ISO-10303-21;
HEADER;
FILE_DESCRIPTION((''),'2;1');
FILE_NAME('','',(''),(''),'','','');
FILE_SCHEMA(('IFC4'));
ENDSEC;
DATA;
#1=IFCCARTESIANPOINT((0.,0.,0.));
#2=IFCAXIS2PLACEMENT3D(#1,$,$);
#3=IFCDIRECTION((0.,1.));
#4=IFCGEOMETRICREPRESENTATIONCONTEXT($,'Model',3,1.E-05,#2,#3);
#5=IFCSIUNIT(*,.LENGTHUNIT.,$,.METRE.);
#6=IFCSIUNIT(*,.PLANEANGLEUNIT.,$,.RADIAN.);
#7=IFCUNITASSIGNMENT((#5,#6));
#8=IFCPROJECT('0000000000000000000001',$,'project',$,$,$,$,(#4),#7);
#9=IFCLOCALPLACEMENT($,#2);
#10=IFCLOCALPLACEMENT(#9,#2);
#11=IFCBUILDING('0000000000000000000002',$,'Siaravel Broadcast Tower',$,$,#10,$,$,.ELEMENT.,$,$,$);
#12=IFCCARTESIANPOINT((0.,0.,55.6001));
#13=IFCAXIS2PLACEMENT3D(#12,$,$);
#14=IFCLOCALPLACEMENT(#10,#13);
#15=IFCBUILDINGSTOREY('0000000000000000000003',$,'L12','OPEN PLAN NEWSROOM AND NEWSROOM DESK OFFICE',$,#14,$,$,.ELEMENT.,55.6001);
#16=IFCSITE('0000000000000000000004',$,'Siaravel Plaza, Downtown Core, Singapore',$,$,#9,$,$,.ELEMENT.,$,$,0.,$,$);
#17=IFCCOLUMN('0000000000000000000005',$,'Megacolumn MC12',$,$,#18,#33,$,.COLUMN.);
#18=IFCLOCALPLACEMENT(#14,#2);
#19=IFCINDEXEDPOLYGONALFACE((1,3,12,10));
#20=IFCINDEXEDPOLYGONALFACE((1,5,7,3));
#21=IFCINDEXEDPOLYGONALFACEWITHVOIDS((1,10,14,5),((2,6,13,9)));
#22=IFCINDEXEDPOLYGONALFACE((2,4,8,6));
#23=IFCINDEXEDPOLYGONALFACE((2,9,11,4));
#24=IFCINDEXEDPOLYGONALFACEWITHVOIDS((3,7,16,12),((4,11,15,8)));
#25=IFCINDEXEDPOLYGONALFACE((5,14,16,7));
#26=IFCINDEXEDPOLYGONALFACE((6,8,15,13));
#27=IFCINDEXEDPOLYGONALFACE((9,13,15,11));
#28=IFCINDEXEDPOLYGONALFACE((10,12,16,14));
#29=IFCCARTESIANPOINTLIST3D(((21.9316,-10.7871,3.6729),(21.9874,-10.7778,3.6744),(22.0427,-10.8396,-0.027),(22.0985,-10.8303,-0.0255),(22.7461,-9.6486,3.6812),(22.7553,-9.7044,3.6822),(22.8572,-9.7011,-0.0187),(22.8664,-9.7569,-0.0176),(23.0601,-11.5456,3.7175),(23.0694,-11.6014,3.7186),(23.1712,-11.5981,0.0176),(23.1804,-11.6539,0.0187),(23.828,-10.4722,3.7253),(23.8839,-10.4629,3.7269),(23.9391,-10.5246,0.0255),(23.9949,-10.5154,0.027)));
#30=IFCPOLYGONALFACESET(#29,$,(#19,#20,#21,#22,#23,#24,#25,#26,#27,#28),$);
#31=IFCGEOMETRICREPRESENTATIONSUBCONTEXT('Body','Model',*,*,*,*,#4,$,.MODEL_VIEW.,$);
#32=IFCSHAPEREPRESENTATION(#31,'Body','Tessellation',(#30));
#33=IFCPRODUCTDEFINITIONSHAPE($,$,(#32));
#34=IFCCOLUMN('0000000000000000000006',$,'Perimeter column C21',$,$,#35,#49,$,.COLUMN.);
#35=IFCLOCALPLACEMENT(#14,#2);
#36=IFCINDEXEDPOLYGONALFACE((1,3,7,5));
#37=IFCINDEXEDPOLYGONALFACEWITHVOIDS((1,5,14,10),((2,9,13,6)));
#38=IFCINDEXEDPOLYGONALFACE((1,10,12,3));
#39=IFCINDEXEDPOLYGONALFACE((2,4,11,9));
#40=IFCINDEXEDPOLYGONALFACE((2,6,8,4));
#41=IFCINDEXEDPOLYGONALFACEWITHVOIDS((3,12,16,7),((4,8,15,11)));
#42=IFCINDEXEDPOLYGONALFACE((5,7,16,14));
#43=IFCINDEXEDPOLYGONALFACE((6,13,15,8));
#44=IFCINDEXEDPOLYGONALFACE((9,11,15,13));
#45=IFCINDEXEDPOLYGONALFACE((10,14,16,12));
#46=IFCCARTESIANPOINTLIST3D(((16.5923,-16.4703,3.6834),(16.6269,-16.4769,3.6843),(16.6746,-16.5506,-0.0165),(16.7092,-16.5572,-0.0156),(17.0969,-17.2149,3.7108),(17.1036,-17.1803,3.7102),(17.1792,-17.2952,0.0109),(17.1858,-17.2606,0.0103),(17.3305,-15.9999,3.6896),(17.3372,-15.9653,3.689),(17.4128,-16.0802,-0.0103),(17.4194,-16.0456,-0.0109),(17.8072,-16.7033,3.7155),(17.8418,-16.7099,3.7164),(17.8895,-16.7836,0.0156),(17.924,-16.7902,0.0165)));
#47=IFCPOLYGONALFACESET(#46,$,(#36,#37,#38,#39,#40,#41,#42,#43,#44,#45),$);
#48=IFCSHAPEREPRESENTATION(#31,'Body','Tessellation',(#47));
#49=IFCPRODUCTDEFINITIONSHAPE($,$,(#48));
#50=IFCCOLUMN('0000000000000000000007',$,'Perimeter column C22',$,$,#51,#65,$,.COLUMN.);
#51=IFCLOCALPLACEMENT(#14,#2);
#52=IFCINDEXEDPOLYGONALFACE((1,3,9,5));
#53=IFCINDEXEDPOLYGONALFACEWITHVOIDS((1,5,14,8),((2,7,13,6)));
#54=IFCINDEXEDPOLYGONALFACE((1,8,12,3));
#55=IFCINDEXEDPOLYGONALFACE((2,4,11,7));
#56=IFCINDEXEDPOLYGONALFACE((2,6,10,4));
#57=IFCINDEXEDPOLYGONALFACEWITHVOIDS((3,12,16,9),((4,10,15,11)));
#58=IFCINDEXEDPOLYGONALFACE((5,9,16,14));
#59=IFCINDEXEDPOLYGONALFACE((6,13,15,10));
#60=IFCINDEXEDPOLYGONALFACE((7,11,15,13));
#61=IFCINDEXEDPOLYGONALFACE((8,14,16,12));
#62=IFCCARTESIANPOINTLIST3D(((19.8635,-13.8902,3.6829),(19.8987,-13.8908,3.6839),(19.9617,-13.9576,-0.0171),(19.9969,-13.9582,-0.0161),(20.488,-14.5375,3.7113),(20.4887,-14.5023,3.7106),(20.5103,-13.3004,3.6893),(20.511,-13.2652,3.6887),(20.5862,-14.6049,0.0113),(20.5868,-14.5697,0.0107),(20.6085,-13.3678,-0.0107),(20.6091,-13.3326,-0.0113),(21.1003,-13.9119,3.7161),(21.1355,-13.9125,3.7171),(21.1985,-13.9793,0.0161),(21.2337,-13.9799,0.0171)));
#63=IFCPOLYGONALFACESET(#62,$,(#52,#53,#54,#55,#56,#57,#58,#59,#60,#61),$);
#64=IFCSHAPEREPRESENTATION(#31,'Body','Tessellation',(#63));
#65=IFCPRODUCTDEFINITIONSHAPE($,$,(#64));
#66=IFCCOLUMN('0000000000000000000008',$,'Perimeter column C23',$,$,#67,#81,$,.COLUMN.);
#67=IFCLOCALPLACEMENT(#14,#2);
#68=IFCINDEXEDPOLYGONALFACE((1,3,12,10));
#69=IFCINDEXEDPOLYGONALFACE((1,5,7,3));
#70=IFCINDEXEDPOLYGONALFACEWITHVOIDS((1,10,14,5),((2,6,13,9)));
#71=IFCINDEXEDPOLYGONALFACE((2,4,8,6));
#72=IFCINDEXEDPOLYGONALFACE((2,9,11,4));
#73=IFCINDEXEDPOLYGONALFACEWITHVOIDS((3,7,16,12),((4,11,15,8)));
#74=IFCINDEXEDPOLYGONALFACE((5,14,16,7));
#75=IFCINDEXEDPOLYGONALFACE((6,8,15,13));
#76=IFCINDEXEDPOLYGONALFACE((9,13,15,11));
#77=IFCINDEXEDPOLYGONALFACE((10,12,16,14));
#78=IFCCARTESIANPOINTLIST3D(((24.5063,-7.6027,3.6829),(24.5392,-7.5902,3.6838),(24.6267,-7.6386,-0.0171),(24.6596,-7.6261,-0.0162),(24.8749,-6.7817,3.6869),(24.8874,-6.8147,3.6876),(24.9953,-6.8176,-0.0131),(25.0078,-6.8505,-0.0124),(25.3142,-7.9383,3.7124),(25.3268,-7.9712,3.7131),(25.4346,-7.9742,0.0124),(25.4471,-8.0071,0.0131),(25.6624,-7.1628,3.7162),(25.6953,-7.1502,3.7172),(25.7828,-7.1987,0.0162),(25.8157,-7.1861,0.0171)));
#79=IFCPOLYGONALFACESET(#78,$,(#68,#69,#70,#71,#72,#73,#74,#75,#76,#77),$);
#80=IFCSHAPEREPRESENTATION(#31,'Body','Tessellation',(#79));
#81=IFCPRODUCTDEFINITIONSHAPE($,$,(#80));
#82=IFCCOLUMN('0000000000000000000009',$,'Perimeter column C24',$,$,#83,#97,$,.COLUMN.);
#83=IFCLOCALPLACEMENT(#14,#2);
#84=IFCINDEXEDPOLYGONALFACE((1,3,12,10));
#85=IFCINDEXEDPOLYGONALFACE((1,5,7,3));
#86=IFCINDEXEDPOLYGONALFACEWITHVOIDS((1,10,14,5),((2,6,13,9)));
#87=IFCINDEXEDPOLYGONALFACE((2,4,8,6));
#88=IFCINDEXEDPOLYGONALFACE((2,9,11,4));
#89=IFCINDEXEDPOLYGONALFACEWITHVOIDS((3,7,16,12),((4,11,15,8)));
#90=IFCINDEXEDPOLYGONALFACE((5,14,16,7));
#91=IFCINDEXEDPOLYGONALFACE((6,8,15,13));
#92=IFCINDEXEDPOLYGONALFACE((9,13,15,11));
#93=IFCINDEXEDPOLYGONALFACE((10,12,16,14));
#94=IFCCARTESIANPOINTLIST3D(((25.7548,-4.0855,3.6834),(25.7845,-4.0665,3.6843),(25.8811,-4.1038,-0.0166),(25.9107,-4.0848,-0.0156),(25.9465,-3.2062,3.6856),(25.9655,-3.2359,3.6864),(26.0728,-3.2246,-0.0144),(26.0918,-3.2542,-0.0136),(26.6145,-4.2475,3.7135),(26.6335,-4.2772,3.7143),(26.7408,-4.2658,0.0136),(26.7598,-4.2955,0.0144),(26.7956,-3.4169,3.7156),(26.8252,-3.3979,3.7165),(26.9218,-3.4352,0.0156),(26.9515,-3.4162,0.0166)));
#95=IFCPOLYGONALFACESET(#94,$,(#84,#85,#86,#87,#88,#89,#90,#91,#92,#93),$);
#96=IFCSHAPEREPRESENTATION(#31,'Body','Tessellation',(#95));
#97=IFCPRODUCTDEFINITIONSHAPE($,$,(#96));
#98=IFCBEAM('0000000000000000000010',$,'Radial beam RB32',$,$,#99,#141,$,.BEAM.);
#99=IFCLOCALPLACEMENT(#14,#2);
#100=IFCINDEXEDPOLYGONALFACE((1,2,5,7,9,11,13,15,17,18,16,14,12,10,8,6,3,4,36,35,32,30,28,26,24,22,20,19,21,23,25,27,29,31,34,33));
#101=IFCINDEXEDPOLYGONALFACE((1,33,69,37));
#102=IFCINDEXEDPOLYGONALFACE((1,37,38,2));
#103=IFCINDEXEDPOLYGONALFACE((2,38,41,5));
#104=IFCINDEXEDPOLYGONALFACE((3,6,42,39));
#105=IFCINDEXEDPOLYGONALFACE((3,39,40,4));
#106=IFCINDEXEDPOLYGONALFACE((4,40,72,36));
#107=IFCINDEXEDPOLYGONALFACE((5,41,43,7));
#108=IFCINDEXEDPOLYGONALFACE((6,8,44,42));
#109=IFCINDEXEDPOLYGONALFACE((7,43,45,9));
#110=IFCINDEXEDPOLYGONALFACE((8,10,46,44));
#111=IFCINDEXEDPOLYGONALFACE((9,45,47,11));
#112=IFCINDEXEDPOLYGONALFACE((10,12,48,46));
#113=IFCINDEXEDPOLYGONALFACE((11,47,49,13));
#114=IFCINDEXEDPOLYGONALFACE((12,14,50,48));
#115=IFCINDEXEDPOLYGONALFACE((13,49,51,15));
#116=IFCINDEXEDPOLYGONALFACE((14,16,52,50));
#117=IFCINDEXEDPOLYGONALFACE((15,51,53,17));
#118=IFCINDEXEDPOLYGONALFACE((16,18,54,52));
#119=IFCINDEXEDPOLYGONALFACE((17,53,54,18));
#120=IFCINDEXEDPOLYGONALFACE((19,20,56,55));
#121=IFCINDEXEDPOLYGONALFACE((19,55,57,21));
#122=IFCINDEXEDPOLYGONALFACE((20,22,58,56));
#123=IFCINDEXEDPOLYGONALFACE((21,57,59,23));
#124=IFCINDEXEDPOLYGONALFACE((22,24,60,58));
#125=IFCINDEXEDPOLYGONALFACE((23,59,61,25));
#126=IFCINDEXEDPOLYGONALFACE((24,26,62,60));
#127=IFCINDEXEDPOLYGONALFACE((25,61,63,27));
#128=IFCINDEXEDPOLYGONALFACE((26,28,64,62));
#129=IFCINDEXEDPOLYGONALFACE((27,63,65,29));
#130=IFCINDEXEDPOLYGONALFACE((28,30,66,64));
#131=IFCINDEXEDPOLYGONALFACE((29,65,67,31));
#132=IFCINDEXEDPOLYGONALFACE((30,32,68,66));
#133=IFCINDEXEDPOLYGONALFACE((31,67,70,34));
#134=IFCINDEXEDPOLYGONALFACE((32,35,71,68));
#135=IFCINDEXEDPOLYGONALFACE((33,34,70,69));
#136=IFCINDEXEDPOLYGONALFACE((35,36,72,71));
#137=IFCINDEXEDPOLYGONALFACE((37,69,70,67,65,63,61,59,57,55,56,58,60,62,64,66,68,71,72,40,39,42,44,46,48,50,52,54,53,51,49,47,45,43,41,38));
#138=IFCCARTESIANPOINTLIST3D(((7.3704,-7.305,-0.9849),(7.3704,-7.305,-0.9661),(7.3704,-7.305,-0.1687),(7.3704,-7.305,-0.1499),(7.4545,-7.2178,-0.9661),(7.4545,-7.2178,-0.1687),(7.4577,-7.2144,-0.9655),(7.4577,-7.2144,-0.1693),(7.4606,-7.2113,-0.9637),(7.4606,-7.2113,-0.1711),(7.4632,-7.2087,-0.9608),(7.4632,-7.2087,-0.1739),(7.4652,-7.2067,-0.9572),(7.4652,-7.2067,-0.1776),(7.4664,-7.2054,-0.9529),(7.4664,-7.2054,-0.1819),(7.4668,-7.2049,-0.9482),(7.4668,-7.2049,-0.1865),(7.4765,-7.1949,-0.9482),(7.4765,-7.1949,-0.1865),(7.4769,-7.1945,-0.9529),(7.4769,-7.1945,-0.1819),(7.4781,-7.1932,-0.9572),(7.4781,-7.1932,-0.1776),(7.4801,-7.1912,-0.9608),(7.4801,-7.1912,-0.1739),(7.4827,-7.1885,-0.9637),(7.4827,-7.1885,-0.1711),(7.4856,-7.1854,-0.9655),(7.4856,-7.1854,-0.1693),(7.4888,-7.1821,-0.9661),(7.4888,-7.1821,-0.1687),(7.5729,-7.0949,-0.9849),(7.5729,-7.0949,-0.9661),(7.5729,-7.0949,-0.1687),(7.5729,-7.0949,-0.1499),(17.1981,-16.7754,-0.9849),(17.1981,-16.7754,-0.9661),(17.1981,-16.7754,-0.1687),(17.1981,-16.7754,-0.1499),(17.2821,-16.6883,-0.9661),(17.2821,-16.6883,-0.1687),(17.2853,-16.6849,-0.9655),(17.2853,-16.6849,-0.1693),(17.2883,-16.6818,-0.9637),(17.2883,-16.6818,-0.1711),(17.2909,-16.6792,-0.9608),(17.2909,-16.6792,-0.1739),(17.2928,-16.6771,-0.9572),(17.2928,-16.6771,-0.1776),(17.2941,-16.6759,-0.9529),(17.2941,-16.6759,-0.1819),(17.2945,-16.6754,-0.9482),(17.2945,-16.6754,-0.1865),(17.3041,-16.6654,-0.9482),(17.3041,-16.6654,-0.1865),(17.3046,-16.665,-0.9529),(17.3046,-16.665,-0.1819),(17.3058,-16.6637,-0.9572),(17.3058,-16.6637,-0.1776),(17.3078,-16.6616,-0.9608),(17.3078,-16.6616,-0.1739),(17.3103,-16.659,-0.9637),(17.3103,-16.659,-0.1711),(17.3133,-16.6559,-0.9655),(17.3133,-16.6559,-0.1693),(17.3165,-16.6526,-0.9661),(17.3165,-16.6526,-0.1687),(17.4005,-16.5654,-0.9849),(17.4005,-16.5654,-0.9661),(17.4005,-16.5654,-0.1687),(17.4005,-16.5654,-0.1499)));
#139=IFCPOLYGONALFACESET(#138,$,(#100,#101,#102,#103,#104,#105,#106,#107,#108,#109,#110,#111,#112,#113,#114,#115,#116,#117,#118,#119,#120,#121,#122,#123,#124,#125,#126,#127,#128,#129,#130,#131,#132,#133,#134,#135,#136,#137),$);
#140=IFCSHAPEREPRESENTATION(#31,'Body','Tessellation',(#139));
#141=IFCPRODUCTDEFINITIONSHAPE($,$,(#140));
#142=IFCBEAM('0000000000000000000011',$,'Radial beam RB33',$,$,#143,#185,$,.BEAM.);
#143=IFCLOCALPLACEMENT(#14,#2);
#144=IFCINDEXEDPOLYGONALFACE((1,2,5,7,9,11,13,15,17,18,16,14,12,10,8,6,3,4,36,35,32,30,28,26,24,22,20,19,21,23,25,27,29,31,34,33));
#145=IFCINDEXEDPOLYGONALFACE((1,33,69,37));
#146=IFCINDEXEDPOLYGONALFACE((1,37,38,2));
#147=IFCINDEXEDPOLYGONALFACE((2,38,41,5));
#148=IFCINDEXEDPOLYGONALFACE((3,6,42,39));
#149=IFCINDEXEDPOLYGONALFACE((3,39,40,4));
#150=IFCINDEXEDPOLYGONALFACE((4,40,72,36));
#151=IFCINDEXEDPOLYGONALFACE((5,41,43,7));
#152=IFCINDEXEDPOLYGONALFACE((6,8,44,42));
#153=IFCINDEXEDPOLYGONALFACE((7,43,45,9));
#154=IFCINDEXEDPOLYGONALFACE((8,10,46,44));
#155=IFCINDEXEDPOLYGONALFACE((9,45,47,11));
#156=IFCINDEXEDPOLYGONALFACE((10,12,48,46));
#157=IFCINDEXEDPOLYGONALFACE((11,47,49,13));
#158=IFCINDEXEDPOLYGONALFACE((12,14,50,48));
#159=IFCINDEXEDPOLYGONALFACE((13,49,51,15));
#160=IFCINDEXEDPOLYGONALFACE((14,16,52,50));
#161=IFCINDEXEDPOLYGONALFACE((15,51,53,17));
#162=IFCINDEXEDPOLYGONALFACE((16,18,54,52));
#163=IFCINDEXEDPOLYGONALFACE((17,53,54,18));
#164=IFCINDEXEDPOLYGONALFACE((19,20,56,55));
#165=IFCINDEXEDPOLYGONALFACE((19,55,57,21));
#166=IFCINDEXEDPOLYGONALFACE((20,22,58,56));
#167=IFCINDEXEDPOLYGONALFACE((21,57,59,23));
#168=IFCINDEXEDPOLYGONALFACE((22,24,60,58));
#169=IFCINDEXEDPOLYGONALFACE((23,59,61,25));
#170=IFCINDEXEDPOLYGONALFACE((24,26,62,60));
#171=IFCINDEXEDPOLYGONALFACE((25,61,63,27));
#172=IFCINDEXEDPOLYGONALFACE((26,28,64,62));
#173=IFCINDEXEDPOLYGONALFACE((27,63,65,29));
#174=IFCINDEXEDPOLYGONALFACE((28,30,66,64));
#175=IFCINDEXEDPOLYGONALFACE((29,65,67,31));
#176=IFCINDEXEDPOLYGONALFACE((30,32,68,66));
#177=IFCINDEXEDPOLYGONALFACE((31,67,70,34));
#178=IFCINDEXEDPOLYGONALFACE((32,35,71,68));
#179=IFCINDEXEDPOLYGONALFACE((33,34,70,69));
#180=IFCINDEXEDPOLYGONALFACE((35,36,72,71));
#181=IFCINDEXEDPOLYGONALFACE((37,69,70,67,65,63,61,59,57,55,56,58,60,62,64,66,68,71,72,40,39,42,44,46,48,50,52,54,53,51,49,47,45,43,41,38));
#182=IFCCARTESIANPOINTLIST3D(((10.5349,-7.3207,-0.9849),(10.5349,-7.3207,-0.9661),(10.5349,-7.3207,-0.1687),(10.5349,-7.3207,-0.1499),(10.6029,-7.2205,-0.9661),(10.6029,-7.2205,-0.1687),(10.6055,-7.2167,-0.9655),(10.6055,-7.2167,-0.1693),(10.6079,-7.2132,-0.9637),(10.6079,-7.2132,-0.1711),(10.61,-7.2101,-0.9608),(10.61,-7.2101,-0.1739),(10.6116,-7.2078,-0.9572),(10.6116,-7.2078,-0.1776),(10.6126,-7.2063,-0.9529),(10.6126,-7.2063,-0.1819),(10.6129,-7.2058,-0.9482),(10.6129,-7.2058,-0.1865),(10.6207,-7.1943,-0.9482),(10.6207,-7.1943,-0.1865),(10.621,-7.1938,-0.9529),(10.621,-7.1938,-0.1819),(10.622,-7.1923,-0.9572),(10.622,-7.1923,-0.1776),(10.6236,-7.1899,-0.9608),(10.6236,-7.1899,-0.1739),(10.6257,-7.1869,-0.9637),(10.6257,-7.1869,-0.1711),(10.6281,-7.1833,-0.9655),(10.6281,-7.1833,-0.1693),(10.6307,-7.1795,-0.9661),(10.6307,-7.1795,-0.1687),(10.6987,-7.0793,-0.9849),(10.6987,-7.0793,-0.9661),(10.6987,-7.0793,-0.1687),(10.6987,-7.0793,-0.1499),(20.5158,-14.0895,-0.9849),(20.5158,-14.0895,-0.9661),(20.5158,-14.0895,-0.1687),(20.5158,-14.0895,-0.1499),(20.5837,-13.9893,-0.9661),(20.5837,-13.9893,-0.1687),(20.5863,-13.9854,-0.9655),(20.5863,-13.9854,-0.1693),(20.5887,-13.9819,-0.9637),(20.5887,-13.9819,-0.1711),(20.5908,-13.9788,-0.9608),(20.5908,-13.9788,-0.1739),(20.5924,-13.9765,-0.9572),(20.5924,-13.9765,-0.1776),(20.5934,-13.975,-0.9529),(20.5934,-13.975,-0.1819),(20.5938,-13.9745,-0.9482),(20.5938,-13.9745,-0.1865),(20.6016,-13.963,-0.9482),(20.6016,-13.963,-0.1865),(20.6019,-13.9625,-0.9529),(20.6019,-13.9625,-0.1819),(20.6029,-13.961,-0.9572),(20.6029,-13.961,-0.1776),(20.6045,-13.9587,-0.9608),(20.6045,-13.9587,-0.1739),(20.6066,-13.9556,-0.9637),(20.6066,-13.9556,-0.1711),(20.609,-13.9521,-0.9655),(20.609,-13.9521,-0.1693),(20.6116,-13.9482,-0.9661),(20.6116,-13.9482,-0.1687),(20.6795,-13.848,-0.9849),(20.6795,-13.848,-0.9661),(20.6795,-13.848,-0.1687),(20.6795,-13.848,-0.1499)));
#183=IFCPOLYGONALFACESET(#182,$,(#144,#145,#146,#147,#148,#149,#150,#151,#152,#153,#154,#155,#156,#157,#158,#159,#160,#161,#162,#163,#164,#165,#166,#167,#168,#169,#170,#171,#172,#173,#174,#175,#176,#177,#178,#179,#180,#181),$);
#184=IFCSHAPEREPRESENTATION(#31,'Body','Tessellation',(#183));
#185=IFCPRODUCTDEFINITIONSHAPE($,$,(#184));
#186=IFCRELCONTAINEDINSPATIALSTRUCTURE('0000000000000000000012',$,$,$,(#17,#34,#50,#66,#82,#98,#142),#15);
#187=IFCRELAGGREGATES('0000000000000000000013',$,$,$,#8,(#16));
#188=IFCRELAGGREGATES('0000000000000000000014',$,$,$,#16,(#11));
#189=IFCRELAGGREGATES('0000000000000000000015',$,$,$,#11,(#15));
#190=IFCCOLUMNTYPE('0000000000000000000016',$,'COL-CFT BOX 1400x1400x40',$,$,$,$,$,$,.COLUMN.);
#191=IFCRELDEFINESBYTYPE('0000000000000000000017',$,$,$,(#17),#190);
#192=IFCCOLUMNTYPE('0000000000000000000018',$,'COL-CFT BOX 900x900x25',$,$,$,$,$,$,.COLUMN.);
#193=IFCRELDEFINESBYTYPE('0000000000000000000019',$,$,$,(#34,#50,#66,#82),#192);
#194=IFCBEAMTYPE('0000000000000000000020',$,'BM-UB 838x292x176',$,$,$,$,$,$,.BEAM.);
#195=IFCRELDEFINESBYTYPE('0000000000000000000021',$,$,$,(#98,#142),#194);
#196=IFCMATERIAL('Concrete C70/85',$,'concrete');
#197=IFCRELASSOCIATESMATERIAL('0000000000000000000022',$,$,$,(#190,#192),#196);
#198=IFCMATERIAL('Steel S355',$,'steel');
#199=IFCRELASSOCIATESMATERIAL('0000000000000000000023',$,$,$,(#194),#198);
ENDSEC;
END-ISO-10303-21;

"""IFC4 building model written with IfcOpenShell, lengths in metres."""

from ifc_helpers import new_model, si_unit, direction, frame, origin, origin_2d, place, context, subcontext, project, spatial, hollow_rectangle, i_section, extrude, material, material_profile, profile_set, type_object, element, save


model = new_model("IFC4")

# Units and contexts
model_context = context("Model", 3, precision=1e-05, world=origin(), true_north=direction((0.0, 1.0)))
body_context = subcontext(model_context, "Body", "Model", "MODEL_VIEW")
ifc_project = project(units=[si_unit("LENGTHUNIT", "METRE"), si_unit("PLANEANGLEUNIT", "RADIAN")], contexts=[model_context])

# Site, building, storey
site_placement = place(None, origin())
site = spatial("IfcSite", under=ifc_project, at=site_placement, Name="Siaravel Plaza, Downtown Core, Singapore", CompositionType="ELEMENT", RefElevation=0.0)
building_placement = place(site_placement, origin())
building = spatial("IfcBuilding", under=site, at=building_placement, Name="Siaravel Broadcast Tower", CompositionType="ELEMENT")
storey_placement = place(building_placement, frame((0.0, 0.0, 55.6001)))
storey = spatial("IfcBuildingStorey", under=building, at=storey_placement, Name="L12", Description="OPEN PLAN NEWSROOM AND NEWSROOM DESK OFFICE", CompositionType="ELEMENT", Elevation=55.6001)

# Columns
ifc_material_1 = material(Name="Concrete C70/85", Category="concrete")
ifc_material_profile_1 = material_profile(ifc_material_1, hollow_rectangle(XDim=1.3999, YDim=1.3999, WallThickness=0.04, at=origin_2d()))
ifc_profile_set_1 = profile_set([ifc_material_profile_1], Name="Concrete C70/85")
column_type_1 = type_object("IfcColumnType", Name="COL-CFT BOX 1400x1400x40", PredefinedType="COLUMN", material=ifc_profile_set_1)
column_1_placement = place(storey_placement, frame((23.0188, -10.6775, 0.0), z_axis=(-0.030007, 0.014179, 0.999449), x_axis=(-0.581821, -0.813295, -0.00593)))
element("IfcColumn", 1, at=column_1_placement, inside=storey, type_object=column_type_1, Name="Megacolumn MC12", PredefinedType="COLUMN", context=body_context, shape_type="SweptSolid", body=[
    extrude(hollow_rectangle(XDim=1.3999, YDim=1.3999, WallThickness=0.04, at=origin_2d()), origin(), (0.0, 0.0, 1.0), 3.7019),
])
ifc_material_profile_2 = material_profile(ifc_material_1, hollow_rectangle(XDim=0.8999, YDim=0.8999, WallThickness=0.0249, at=origin_2d()))
ifc_profile_set_2 = profile_set([ifc_material_profile_2], Name="Concrete C70/85")
column_type_2 = type_object("IfcColumnType", Name="COL-CFT BOX 900x900x25", PredefinedType="COLUMN", material=ifc_profile_set_2)
column_2_placement = place(storey_placement, frame((17.2993, -16.6704, 0.0), z_axis=(-0.022226, 0.021699, 0.999517), x_axis=(-0.827705, -0.561129, -0.006224)))
element("IfcColumn", 2, at=column_2_placement, inside=storey, type_object=column_type_2, Name="Perimeter column C21", PredefinedType="COLUMN", context=body_context, shape_type="SweptSolid", body=[
    extrude(hollow_rectangle(XDim=0.8999, YDim=0.8999, WallThickness=0.0249, at=origin_2d()), origin(), (0.0, 0.0, 1.0), 3.7017),
])
column_3_placement = place(storey_placement, frame((20.5977, -13.9688, 0.0), z_axis=(-0.026512, 0.018202, 0.999483), x_axis=(-0.719487, -0.694476, -0.006437)))
element("IfcColumn", 3, at=column_3_placement, inside=storey, type_object=column_type_2, Name="Perimeter column C22", PredefinedType="COLUMN", context=body_context, shape_type="SweptSolid", body=[
    extrude(hollow_rectangle(XDim=0.8999, YDim=0.8999, WallThickness=0.0249, at=origin_2d()), origin(), (0.0, 0.0, 1.0), 3.7019),
])
for number, where, z_axis, x_axis, name in (
    (4, (25.2212, -7.4124, 0.0), (-0.032512, 0.009694, 0.999424), (-0.409583, -0.912262, -0.004475), "Perimeter column C23"),
    (5, (26.4163, -3.76, 0.0), (-0.034094, 0.004946, 0.999406), (-0.213026, -0.977043, -0.002432), "Perimeter column C24"),
):
    element("IfcColumn", number, at=place(storey_placement, frame(where, z_axis=z_axis, x_axis=x_axis)), inside=storey, type_object=column_type_2, Name=name, PredefinedType="COLUMN", context=body_context, shape_type="SweptSolid", body=[
        extrude(hollow_rectangle(XDim=0.8999, YDim=0.8999, WallThickness=0.0249, at=origin_2d()), origin(), (0.0, 0.0, 1.0), 3.7021),
    ])

# Beams
ifc_material_2 = material(Name="Steel S355", Category="steel")
ifc_material_profile_3 = material_profile(ifc_material_2, i_section(OverallWidth=0.2917, OverallDepth=0.835, WebThickness=0.0139, FlangeThickness=0.0188, FilletRadius=0.0178, at=origin_2d()))
ifc_profile_set_3 = profile_set([ifc_material_profile_3], Name="Steel S355")
beam_type = type_object("IfcBeamType", Name="BM-UB 838x292x176", PredefinedType="BEAM", material=ifc_profile_set_3)
beam_1_placement = place(storey_placement, frame((17.2993, -16.6704, -0.5674), z_axis=(-0.720071, 0.6939, 0.0), x_axis=(-0.6939, -0.720071, 0.0)))
element("IfcBeam", 6, at=beam_1_placement, inside=storey, type_object=beam_type, Name="Radial beam RB32", PredefinedType="BEAM", context=body_context, shape_type="SweptSolid", body=[
    extrude(i_section(OverallWidth=0.2917, OverallDepth=0.835, WebThickness=0.0139, FlangeThickness=0.0188, FilletRadius=0.0178, at=origin_2d()), origin(), (0.0, 0.0, 1.0), 13.6482),
])
beam_2_placement = place(storey_placement, frame((20.5977, -13.9688, -0.5674), z_axis=(-0.82763, 0.561275, 0.0), x_axis=(-0.561275, -0.82763, 0.0)))
element("IfcBeam", 7, at=beam_2_placement, inside=storey, type_object=beam_type, Name="Radial beam RB33", PredefinedType="BEAM", context=body_context, shape_type="SweptSolid", body=[
    extrude(i_section(OverallWidth=0.2917, OverallDepth=0.835, WebThickness=0.0139, FlangeThickness=0.0188, FilletRadius=0.0178, at=origin_2d()), origin(), (0.0, 0.0, 1.0), 12.0596),
])

save(model, "model.ifc")
